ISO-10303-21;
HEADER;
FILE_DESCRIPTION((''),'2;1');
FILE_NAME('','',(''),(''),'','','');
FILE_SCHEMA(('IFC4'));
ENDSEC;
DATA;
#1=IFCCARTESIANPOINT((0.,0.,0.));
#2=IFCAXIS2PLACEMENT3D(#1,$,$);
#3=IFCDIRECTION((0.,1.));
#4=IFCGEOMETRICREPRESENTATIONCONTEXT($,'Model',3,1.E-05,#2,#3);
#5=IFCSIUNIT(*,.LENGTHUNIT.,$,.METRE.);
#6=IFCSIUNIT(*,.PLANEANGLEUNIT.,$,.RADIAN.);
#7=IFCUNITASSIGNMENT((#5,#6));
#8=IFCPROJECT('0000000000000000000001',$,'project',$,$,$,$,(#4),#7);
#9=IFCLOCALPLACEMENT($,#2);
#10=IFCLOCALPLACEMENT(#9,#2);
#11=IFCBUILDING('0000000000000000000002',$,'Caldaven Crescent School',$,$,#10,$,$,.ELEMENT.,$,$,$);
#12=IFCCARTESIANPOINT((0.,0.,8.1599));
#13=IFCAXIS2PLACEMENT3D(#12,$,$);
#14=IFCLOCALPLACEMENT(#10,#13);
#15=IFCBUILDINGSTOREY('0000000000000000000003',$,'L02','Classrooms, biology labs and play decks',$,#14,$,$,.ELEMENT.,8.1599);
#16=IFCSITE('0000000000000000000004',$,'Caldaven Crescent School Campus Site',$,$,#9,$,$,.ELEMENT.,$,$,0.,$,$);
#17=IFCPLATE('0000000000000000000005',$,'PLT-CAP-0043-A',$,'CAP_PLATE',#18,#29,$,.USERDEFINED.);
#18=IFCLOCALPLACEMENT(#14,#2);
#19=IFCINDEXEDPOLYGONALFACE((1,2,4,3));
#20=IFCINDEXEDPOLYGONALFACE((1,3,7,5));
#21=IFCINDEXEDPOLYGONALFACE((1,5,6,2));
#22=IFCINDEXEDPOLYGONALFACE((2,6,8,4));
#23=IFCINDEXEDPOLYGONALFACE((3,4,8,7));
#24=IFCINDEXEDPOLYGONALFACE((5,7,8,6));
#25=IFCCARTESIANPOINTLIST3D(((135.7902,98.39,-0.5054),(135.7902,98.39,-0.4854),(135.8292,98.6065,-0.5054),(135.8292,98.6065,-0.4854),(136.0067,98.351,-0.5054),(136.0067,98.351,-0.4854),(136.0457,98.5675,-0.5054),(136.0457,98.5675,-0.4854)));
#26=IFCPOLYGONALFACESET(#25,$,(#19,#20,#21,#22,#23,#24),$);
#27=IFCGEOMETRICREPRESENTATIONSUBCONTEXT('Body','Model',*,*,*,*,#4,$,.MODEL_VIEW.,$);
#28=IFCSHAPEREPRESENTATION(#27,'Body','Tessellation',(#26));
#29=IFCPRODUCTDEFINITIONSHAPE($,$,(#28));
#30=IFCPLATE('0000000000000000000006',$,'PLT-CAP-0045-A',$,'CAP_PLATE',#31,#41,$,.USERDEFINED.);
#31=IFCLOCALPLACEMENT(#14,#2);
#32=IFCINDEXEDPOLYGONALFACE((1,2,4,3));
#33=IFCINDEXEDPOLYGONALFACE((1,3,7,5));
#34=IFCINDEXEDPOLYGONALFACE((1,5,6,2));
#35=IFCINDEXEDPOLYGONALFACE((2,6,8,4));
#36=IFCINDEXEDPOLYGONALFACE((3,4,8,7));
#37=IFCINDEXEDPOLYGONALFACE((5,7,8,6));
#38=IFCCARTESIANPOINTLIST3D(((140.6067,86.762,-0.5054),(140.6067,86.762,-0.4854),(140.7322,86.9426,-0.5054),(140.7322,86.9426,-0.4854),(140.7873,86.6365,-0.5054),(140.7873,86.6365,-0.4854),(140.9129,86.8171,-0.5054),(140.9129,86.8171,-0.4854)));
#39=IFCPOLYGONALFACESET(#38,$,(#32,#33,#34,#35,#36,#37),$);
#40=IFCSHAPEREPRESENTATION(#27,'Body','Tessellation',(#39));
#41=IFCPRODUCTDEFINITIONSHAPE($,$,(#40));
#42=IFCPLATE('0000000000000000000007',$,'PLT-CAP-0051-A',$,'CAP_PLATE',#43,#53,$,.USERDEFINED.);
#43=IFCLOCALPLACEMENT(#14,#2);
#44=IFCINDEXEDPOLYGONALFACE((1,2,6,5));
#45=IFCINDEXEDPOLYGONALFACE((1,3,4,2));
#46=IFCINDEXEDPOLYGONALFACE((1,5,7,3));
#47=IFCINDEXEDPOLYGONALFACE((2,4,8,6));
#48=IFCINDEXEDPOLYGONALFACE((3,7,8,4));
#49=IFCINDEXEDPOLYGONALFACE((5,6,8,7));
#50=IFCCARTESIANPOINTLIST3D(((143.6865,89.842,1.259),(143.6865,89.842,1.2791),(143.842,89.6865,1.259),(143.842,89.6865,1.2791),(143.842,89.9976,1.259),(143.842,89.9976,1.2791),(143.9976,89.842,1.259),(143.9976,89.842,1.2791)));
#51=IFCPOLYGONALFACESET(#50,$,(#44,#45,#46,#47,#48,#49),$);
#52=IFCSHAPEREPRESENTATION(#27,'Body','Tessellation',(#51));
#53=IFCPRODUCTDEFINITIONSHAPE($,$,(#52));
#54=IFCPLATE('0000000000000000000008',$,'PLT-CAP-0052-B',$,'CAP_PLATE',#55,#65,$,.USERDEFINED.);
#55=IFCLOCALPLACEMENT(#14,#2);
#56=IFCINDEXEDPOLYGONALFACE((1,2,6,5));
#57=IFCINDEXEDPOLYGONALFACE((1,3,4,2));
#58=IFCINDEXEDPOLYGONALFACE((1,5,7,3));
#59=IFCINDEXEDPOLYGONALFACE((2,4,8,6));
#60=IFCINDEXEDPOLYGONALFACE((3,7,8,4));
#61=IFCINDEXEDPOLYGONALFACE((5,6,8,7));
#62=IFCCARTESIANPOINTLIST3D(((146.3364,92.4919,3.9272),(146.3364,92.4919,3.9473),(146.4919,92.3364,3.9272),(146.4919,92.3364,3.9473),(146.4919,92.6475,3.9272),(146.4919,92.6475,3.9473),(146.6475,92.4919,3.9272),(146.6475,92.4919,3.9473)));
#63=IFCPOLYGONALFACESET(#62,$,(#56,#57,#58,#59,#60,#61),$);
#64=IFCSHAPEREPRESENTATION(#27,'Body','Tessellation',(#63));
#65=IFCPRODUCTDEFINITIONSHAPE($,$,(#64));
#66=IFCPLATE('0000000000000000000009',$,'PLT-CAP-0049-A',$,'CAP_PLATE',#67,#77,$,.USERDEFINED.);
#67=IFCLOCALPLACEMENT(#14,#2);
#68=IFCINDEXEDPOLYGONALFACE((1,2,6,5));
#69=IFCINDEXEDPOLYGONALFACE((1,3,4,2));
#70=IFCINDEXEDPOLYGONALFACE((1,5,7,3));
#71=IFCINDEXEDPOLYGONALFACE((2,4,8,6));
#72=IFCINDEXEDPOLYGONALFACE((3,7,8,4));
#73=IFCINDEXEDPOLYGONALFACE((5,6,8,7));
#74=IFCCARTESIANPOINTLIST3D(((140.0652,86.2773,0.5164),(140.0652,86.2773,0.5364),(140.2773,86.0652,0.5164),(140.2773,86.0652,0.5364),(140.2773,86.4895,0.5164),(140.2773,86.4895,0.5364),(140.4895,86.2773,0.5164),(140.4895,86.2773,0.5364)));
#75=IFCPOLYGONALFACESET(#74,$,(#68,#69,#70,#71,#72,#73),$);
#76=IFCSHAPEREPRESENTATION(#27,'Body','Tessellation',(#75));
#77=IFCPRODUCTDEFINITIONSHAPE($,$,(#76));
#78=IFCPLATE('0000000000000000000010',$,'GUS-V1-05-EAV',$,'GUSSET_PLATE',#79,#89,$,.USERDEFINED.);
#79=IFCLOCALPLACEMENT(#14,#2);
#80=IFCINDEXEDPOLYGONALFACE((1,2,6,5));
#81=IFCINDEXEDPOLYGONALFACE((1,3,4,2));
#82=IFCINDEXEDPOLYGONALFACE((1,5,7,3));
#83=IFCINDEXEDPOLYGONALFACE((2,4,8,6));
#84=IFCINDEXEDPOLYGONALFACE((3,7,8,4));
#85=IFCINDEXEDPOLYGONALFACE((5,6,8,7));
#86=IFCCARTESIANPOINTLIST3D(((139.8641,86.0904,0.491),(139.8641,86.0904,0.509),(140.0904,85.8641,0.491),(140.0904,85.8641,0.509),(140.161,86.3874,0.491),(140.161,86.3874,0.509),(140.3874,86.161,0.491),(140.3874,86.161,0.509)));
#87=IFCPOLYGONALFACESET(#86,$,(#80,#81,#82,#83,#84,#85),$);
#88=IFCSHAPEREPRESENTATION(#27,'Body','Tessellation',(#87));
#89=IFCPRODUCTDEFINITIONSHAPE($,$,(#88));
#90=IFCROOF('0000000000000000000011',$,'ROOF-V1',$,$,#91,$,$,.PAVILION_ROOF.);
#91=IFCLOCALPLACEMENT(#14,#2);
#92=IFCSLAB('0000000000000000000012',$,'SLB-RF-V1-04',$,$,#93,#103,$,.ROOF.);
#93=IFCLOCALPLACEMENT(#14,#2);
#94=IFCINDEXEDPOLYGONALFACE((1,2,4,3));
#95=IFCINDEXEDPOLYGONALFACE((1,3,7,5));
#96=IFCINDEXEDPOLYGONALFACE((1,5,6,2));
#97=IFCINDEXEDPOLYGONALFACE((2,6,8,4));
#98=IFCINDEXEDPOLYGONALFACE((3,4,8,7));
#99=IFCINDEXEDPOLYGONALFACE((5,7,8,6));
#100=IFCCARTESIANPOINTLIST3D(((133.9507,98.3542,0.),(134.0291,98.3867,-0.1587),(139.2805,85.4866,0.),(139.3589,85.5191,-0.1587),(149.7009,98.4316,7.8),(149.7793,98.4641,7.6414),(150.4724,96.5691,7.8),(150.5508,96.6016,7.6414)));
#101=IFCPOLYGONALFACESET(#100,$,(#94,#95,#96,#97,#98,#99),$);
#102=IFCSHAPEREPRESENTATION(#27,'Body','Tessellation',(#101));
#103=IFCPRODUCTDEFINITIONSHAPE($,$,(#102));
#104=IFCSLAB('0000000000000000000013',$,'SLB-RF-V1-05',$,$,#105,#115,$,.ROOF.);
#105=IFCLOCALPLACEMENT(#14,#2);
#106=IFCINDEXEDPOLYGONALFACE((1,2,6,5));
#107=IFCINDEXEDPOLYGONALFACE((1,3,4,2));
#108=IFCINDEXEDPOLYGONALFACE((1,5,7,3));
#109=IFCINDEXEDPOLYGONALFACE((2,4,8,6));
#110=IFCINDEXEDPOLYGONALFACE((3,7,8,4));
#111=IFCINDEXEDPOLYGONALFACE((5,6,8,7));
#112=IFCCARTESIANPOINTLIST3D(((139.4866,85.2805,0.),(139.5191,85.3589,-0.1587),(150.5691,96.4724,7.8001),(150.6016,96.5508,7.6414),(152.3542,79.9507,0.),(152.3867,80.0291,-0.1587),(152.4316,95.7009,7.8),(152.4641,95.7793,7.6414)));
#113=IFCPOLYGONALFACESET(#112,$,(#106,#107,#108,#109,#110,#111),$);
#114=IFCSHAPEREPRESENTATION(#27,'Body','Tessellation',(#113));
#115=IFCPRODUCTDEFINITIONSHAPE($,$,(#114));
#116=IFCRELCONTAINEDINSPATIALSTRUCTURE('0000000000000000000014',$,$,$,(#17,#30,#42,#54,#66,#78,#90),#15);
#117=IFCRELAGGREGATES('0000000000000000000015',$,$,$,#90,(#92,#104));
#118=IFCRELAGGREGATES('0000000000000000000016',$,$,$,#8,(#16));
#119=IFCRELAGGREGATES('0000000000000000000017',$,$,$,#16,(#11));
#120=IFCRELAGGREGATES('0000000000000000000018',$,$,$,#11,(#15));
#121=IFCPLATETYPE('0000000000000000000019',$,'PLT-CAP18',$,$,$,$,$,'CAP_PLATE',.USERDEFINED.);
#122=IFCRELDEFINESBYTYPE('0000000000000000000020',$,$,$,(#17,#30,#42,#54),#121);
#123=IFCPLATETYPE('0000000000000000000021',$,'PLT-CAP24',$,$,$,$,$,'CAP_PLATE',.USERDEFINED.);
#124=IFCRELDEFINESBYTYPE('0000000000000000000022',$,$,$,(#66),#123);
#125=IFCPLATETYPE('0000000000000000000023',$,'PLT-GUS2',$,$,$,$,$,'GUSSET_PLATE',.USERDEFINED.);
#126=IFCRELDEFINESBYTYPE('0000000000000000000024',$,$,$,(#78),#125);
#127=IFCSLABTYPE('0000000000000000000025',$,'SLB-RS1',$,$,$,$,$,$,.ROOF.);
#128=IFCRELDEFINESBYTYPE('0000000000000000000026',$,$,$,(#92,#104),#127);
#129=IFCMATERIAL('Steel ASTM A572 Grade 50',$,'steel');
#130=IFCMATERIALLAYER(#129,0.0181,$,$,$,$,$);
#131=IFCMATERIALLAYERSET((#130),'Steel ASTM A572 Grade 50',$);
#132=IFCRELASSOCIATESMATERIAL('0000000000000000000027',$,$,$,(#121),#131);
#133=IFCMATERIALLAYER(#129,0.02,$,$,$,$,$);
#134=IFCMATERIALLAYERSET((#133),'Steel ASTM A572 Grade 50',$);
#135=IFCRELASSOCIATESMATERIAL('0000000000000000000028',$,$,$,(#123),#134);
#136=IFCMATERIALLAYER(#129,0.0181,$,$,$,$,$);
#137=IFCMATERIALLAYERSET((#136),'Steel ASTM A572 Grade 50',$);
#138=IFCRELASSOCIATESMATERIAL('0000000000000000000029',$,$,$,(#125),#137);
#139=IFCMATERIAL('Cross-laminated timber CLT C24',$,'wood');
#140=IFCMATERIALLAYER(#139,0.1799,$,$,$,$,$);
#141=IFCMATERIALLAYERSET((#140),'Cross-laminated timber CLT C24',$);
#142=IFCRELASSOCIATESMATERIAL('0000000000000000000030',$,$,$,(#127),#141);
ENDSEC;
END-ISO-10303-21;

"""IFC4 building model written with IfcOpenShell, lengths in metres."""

from ifc_helpers import new_model, si_unit, direction, frame, origin, origin_2d, place, context, subcontext, project, spatial, polyline, rectangle, outline, extrude, material, layer, layer_set, type_object, element, aggregate, save


model = new_model("IFC4")

# Units and contexts
model_context = context("Model", 3, precision=1e-05, world=origin(), true_north=direction((0.0, 1.0)))
body_context = subcontext(model_context, "Body", "Model", "MODEL_VIEW")
ifc_project = project(units=[si_unit("LENGTHUNIT", "METRE"), si_unit("PLANEANGLEUNIT", "RADIAN")], contexts=[model_context])

# Site, building, storey
site_placement = place(None, origin())
site = spatial("IfcSite", under=ifc_project, at=site_placement, Name="Caldaven Crescent School Campus Site", CompositionType="ELEMENT", RefElevation=0.0)
building_placement = place(site_placement, origin())
building = spatial("IfcBuilding", under=site, at=building_placement, Name="Caldaven Crescent School", CompositionType="ELEMENT")
storey_placement = place(building_placement, frame((0.0, 0.0, 8.1599)))
storey = spatial("IfcBuildingStorey", under=building, at=storey_placement, Name="L02", Description="Classrooms, biology labs and play decks", CompositionType="ELEMENT", Elevation=8.1599)

# Shared definitions
ifc_material_1 = material(Name="Steel ASTM A572 Grade 50", Category="steel")

# Plates
ifc_layer_1 = layer(ifc_material_1, 0.0181)
ifc_layer_set_1 = layer_set([ifc_layer_1], Name="Steel ASTM A572 Grade 50")
plate_type_1 = type_object("IfcPlateType", Name="PLT-CAP18", ElementType="CAP_PLATE", PredefinedType="USERDEFINED", material=ifc_layer_set_1)
for number, where, z_axis, x_axis, name in (
    (1, (135.918, 98.4788, -0.5054), (0.0, 0.0, 1.0), (0.984196, -0.177085, 0.0), "PLT-CAP-0043-A"),
    (2, (140.7598, 86.7896, -0.5054), (0.0, 0.0, 1.0), (0.570714, 0.821149, 0.0), "PLT-CAP-0045-A"),
    (3, (143.842, 89.842, 1.259), (0.0, 0.0, 1.0), (0.707107, 0.707107, 0.0), "PLT-CAP-0051-A"),
    (4, (146.4919, 92.4919, 3.9272), (0.0, 0.0, 1.0), (0.707107, 0.707107, 0.0), "PLT-CAP-0052-B"),
):
    element("IfcPlate", number, at=place(storey_placement, frame(where, z_axis=z_axis, x_axis=x_axis)), inside=storey, type_object=plate_type_1, Name=name, ObjectType="CAP_PLATE", PredefinedType="USERDEFINED", context=body_context, shape_type="SweptSolid", body=[
        extrude(rectangle(XDim=0.22, YDim=0.22, at=origin_2d()), origin(), (0.0, 0.0, 1.0), 0.02),
    ])
ifc_layer_2 = layer(ifc_material_1, 0.02)
ifc_layer_set_2 = layer_set([ifc_layer_2], Name="Steel ASTM A572 Grade 50")
plate_type_2 = type_object("IfcPlateType", Name="PLT-CAP24", ElementType="CAP_PLATE", PredefinedType="USERDEFINED", material=ifc_layer_set_2)
plate_1_placement = place(storey_placement, frame((140.2773, 86.2773, 0.5164), z_axis=(0.0, 0.0, 1.0), x_axis=(0.707107, 0.707107, 0.0)))
element("IfcPlate", 5, at=plate_1_placement, inside=storey, type_object=plate_type_2, Name="PLT-CAP-0049-A", ObjectType="CAP_PLATE", PredefinedType="USERDEFINED", context=body_context, shape_type="SweptSolid", body=[
    extrude(rectangle(XDim=0.3, YDim=0.3, at=origin_2d()), origin(), (0.0, 0.0, 1.0), 0.02),
])
ifc_layer_3 = layer(ifc_material_1, 0.0181)
ifc_layer_set_3 = layer_set([ifc_layer_3], Name="Steel ASTM A572 Grade 50")
plate_type_3 = type_object("IfcPlateType", Name="PLT-GUS2", ElementType="GUSSET_PLATE", PredefinedType="USERDEFINED", material=ifc_layer_set_3)
plate_2_placement = place(storey_placement, frame((140.1257, 86.1257, 0.491), z_axis=(0.0, 0.0, 1.0), x_axis=(-0.707107, -0.707107, 0.0)))
element("IfcPlate", 6, at=plate_2_placement, inside=storey, type_object=plate_type_3, Name="GUS-V1-05-EAV", ObjectType="GUSSET_PLATE", PredefinedType="USERDEFINED", context=body_context, shape_type="SweptSolid", body=[
    extrude(rectangle(XDim=0.4199, YDim=0.3201, at=origin_2d()), origin(), (0.0, 0.0, 1.0), 0.0181),
])

# Roof, slabs
roof_placement = place(storey_placement, origin())
roof = element("IfcRoof", 7, at=roof_placement, inside=storey, Name="ROOF-V1", PredefinedType="PAVILION_ROOF")
ifc_material_2 = material(Name="Cross-laminated timber CLT C24", Category="wood")
ifc_layer_4 = layer(ifc_material_2, 0.1799)
ifc_layer_set_4 = layer_set([ifc_layer_4], Name="Cross-laminated timber CLT C24")
slab_type = type_object("IfcSlabType", Name="SLB-RS1", PredefinedType="ROOF", material=ifc_layer_set_4)
slab_1_placement = place(storey_placement, frame((133.9507, 98.3542, 0.0), z_axis=(-0.435791, -0.180506, 0.881762), x_axis=(0.382675, -0.923883, 0.0)))
slab_1 = element("IfcSlab", 8, at=slab_1_placement, type_object=slab_type, Name="SLB-RF-V1-04", PredefinedType="ROOF", context=body_context, shape_type="SweptSolid", body=[
    extrude(outline(polyline([(0.0, 0.0), (13.9278, 0.0), (7.9717, 16.5362), (5.9557, 16.5362), (0.0, 0.0)])), origin(), (0.0, 0.0, -1.0), 0.1799),
])
slab_2_placement = place(storey_placement, frame((139.4866, 85.2805, 0.0), z_axis=(-0.180506, -0.435791, 0.881762), x_axis=(0.923883, -0.382675, 0.0)))
slab_2 = element("IfcSlab", 9, at=slab_2_placement, type_object=slab_type, Name="SLB-RF-V1-05", PredefinedType="ROOF", context=body_context, shape_type="SweptSolid", body=[
    extrude(outline(polyline([(0.0, 0.0), (13.9278, 0.0), (7.9721, 16.5362), (5.9561, 16.5362), (0.0, 0.0)])), origin(), (0.0, 0.0, -1.0), 0.1799),
])
aggregate(roof, [slab_1, slab_2])

save(model, "model.ifc")
